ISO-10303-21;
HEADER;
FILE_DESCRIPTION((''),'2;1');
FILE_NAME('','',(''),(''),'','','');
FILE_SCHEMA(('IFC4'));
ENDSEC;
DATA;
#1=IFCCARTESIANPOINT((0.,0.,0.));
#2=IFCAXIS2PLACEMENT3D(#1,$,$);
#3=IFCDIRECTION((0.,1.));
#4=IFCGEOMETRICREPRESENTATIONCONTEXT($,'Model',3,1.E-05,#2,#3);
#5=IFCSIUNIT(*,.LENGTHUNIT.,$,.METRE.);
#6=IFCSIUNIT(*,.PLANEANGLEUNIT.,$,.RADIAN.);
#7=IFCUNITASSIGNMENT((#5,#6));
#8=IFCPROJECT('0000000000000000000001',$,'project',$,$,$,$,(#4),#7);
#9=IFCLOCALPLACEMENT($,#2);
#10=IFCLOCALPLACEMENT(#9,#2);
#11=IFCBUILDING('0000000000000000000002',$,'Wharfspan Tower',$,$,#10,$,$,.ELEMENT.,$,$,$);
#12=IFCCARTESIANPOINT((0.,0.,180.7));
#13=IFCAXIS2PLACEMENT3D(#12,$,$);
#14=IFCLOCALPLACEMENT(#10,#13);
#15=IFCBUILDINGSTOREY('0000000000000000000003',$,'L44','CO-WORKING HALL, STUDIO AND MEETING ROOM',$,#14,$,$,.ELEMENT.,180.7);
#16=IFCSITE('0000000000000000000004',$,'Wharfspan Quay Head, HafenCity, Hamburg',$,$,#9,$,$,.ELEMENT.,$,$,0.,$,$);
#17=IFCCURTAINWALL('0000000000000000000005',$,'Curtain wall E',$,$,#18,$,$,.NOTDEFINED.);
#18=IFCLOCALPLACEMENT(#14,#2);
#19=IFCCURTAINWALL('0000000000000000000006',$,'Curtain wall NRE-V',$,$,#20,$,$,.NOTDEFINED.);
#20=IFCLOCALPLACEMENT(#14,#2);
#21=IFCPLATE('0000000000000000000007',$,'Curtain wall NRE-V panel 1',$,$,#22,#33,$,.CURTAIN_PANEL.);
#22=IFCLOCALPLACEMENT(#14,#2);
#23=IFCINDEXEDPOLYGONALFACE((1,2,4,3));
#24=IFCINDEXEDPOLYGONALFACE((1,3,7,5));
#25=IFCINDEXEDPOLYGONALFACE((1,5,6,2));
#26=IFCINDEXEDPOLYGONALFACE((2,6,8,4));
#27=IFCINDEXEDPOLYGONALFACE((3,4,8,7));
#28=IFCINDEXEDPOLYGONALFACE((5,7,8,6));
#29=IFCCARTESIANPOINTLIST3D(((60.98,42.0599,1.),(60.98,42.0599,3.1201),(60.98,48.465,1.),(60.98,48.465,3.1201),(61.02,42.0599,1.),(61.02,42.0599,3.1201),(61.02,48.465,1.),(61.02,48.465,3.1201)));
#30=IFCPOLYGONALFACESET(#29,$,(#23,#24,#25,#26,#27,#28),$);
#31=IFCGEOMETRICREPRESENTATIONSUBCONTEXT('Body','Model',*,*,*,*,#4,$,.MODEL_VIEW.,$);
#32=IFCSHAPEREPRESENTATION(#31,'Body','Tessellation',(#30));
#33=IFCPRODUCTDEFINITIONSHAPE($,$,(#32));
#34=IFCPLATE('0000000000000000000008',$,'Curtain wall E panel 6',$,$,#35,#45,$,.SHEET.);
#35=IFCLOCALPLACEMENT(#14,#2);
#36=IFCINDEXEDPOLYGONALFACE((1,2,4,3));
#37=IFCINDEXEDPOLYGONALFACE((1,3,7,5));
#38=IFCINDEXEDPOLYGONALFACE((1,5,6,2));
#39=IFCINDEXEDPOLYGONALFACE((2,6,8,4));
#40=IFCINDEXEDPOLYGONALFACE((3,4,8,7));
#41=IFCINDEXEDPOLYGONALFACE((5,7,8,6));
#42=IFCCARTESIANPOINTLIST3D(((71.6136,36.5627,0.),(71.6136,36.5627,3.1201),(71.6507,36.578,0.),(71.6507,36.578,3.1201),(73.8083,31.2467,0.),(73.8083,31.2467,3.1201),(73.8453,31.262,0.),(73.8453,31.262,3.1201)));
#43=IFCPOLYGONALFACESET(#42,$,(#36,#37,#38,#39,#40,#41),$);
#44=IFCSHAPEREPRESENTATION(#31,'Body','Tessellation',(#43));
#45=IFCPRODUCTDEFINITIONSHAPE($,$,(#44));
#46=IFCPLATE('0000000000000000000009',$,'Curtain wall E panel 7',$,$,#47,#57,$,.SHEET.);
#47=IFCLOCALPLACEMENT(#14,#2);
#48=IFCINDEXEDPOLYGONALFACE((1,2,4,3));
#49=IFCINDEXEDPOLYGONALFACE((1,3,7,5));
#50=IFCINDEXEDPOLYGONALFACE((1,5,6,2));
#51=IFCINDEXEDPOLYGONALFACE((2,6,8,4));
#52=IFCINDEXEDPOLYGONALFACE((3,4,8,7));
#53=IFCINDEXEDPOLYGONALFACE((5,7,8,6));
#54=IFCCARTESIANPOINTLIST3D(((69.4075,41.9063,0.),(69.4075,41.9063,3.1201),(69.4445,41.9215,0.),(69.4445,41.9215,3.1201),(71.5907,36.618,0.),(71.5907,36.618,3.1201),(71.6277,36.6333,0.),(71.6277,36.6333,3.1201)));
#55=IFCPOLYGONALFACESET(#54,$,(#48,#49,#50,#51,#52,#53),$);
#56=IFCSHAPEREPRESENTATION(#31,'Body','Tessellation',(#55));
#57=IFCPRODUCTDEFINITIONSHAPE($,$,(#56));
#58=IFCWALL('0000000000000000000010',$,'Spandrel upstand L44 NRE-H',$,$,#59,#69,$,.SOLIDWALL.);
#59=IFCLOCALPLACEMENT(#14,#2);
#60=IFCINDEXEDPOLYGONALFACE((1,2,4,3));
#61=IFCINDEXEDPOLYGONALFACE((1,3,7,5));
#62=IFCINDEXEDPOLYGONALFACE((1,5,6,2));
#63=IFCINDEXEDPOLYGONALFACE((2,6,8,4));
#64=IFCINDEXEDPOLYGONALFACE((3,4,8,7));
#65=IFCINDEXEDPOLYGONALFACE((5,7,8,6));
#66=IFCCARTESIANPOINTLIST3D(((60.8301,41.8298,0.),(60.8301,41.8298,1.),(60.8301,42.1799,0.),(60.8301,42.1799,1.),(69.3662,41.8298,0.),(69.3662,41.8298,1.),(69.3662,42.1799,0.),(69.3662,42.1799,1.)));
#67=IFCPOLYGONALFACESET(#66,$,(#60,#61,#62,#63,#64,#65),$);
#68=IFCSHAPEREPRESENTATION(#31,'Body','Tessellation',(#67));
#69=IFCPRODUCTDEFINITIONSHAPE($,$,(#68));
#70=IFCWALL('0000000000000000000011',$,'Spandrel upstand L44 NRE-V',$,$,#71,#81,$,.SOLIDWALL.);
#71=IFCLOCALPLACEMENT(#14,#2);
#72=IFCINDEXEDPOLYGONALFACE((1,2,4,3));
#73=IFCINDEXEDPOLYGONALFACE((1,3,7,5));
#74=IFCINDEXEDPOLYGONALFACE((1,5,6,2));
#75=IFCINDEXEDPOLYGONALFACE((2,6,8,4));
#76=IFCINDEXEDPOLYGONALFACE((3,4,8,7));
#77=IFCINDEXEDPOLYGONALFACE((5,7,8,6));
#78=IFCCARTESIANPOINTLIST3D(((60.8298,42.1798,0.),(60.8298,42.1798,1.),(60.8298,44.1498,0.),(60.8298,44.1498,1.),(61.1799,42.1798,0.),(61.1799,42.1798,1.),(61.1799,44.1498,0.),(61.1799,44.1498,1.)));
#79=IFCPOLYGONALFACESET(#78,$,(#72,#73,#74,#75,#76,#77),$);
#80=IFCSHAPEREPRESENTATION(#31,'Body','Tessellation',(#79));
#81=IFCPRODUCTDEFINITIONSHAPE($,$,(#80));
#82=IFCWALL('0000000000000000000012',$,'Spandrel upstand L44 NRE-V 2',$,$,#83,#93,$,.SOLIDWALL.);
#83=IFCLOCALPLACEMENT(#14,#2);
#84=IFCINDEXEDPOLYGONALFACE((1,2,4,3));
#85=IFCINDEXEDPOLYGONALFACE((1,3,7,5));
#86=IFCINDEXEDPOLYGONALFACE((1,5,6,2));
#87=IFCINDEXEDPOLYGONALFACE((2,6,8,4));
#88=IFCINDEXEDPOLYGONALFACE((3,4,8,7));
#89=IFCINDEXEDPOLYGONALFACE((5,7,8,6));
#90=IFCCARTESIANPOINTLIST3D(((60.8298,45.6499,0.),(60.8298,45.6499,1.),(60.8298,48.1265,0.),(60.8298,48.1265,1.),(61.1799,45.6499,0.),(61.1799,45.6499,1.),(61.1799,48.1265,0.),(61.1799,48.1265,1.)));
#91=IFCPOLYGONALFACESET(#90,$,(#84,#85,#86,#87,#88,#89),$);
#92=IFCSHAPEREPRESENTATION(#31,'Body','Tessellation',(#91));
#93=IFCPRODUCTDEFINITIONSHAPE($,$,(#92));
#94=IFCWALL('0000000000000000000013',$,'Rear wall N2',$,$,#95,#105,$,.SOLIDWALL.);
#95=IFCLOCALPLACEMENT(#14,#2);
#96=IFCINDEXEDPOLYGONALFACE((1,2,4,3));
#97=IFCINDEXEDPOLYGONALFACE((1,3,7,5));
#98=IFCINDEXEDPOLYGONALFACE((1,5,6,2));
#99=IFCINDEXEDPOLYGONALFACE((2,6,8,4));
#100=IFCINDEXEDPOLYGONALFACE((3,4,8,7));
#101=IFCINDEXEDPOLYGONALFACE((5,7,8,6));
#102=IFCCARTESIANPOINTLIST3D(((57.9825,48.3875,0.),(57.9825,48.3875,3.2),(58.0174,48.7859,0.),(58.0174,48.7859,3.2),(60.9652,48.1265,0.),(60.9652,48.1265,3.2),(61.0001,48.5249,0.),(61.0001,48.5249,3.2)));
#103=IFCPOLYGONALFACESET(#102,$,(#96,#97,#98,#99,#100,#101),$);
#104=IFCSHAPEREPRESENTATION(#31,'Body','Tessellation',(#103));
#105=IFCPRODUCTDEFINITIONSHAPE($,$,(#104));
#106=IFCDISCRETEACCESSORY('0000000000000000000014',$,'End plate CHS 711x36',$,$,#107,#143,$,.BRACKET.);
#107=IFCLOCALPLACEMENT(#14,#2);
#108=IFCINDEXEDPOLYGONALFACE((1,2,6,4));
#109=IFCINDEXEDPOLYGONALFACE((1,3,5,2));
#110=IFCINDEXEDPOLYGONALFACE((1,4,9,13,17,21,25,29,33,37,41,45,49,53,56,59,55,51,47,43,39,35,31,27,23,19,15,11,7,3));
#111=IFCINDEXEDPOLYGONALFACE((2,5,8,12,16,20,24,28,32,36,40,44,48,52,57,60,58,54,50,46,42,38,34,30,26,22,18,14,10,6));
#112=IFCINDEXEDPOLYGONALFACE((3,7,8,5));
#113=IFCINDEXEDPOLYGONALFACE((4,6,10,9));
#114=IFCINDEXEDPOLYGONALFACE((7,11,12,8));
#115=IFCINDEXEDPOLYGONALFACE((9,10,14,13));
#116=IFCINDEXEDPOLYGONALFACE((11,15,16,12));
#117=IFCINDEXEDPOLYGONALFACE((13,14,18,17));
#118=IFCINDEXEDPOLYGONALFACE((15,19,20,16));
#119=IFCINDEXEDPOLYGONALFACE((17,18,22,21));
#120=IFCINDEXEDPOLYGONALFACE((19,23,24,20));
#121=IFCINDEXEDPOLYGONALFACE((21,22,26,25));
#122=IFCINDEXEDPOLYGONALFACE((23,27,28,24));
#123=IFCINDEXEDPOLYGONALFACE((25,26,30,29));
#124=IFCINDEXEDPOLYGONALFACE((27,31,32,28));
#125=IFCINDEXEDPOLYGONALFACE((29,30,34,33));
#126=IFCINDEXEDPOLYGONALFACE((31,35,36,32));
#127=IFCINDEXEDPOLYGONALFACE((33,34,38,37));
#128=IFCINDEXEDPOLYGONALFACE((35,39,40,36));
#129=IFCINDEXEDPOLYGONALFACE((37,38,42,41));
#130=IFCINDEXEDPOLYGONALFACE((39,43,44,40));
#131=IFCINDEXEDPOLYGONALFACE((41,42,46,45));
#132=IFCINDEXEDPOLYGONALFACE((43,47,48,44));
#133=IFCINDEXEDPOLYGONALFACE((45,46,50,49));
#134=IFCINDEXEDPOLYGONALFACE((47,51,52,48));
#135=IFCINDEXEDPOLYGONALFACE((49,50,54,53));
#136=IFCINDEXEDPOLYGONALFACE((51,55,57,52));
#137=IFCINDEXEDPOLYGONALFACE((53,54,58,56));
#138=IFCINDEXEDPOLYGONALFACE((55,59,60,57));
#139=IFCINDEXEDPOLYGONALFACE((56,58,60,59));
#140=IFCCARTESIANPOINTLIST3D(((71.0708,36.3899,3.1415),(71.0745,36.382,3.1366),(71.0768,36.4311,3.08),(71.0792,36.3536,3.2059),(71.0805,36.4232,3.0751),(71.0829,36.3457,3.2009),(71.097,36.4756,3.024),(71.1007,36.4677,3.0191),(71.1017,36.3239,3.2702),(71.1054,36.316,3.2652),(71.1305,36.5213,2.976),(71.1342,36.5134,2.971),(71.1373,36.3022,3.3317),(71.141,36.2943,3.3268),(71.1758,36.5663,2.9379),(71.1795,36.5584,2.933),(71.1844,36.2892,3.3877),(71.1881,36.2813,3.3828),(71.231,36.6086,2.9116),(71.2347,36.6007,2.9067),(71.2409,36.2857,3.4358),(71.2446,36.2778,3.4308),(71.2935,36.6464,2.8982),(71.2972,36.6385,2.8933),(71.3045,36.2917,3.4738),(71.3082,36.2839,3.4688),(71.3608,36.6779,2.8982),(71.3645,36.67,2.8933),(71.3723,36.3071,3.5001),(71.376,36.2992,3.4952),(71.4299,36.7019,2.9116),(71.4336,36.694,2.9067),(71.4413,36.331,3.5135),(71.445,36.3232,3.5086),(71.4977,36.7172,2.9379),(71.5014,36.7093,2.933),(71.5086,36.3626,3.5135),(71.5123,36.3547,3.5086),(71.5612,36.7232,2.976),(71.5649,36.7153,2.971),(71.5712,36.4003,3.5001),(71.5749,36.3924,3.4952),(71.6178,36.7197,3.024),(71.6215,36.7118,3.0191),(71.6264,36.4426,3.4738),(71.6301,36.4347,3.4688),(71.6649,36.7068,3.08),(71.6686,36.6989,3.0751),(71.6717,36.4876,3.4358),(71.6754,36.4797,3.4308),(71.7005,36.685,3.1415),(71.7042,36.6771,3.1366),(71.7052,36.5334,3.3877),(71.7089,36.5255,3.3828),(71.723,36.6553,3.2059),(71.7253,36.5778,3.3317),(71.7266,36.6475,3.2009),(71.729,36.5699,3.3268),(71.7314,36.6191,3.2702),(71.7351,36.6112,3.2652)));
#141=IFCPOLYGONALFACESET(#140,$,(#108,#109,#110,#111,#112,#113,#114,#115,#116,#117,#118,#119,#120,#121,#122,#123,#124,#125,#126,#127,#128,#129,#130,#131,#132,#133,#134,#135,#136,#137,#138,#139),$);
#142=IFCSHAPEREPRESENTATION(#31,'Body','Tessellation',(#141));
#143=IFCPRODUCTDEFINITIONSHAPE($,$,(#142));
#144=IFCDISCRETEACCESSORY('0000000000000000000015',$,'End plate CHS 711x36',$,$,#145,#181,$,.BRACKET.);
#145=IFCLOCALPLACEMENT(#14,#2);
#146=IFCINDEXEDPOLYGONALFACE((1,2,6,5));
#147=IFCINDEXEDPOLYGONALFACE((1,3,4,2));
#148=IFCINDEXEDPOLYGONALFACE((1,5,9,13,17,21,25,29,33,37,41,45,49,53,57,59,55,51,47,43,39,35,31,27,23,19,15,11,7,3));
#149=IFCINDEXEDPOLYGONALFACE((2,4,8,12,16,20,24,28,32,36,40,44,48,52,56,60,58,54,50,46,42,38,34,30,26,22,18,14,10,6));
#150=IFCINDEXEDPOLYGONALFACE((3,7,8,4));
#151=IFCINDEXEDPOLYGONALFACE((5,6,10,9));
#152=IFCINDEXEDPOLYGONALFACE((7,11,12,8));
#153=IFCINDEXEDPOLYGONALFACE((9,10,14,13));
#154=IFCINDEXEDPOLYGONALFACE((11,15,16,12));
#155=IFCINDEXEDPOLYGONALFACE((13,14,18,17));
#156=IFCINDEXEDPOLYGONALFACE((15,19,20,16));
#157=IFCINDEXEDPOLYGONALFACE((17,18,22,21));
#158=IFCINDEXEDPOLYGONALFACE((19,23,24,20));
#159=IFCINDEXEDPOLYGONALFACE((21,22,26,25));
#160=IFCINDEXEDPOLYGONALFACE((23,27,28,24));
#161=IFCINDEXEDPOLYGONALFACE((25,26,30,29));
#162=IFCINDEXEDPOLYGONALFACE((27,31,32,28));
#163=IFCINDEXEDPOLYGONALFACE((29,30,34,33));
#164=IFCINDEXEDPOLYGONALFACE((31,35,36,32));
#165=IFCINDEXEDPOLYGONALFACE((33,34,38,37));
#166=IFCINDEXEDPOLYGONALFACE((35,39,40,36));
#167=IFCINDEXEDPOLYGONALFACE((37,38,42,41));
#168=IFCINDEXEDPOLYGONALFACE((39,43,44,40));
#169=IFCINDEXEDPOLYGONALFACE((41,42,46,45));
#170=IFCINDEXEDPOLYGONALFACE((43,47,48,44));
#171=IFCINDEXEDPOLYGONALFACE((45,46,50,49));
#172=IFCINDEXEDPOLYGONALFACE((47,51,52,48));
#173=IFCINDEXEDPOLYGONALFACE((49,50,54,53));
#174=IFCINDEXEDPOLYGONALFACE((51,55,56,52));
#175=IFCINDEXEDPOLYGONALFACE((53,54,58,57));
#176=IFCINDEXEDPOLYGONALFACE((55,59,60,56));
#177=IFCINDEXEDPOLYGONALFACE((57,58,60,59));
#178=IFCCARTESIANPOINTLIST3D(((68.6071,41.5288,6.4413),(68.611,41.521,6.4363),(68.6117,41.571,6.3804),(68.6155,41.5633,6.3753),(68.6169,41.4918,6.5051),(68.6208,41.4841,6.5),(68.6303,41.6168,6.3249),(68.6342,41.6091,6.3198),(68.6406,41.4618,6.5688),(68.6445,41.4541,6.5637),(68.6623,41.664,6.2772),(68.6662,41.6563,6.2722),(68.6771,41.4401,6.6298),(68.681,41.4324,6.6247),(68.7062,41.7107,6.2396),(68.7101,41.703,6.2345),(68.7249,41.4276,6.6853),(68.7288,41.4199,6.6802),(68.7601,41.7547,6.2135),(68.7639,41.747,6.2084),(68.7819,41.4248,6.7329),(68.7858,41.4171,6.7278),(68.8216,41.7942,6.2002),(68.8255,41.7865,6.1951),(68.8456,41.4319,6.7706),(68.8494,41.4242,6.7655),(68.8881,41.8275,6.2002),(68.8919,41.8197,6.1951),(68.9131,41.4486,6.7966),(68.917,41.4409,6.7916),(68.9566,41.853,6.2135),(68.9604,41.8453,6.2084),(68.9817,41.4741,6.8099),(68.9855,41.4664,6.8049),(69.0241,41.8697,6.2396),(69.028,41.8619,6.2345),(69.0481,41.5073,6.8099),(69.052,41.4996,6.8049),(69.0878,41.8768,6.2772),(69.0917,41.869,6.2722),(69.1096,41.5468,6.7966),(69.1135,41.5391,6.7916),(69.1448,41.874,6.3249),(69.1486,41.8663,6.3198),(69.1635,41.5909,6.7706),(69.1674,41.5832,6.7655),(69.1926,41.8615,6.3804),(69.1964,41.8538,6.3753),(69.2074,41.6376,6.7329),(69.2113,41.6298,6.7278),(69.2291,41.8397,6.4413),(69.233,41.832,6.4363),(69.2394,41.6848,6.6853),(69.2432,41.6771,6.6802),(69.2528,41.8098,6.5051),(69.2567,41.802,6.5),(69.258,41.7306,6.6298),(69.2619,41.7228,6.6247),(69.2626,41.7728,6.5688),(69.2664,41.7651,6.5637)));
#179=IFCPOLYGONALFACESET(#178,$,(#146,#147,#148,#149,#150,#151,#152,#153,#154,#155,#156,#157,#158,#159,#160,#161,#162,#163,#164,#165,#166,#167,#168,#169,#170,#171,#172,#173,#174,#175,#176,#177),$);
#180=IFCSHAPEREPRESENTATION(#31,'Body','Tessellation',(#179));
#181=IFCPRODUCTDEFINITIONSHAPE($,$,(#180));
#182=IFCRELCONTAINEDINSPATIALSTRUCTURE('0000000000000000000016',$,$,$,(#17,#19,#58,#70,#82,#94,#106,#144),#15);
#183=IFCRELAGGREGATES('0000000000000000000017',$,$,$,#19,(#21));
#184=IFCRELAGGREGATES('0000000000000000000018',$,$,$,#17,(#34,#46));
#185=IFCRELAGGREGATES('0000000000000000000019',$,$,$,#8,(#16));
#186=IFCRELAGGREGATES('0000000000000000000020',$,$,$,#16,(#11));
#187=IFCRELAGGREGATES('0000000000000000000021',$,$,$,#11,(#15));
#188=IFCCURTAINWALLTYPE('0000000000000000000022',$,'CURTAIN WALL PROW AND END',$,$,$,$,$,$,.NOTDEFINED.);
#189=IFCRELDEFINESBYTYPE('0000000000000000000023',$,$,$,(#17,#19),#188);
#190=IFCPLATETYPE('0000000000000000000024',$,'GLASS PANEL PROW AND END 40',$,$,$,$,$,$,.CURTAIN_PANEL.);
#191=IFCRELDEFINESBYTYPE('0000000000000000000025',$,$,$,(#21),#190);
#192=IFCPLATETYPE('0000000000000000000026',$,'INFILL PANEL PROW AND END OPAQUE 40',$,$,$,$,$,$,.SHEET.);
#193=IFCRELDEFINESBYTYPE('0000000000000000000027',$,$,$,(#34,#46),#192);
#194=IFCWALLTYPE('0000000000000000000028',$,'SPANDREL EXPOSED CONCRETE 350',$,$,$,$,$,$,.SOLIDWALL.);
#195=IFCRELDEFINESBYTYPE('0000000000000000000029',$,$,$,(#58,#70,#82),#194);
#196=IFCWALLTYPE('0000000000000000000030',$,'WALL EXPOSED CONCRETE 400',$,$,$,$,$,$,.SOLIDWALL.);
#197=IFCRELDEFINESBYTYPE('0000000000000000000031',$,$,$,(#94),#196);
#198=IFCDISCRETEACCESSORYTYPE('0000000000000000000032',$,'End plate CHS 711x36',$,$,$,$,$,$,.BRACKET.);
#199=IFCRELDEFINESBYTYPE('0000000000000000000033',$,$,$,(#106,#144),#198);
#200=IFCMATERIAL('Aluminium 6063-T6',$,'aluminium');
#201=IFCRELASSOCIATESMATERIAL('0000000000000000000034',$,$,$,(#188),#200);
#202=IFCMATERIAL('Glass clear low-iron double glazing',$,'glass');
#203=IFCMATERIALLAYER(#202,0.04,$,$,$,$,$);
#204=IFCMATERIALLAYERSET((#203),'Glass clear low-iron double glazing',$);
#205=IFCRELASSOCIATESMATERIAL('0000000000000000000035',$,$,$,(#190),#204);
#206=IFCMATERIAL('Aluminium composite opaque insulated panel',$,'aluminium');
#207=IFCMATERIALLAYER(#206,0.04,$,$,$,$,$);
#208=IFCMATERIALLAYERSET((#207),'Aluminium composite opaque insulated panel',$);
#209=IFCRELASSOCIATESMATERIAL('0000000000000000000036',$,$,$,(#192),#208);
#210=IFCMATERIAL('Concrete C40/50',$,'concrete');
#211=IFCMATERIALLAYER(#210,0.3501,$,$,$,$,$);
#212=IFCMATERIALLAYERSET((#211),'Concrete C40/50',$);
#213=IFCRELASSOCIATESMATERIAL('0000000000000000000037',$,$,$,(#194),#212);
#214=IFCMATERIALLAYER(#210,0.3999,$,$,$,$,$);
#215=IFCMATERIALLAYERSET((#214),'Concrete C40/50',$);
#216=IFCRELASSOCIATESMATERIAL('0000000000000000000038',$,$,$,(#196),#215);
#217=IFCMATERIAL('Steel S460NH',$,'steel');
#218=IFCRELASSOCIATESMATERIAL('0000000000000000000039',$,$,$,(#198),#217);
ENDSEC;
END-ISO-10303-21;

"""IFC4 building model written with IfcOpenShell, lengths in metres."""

from ifc_helpers import new_model, si_unit, direction, frame, frame_2d, origin, origin_2d, place, context, subcontext, project, spatial, rectangle, circle, extrude, material, layer, layer_set, material_profile, profile_set, type_object, element, aggregate, save


model = new_model("IFC4")

# Units and contexts
model_context = context("Model", 3, precision=1e-05, world=origin(), true_north=direction((0.0, 1.0)))
body_context = subcontext(model_context, "Body", "Model", "MODEL_VIEW")
ifc_project = project(units=[si_unit("LENGTHUNIT", "METRE"), si_unit("PLANEANGLEUNIT", "RADIAN")], contexts=[model_context])

# Site, building, storey
site_placement = place(None, origin())
site = spatial("IfcSite", under=ifc_project, at=site_placement, Name="Wharfspan Quay Head, HafenCity, Hamburg", CompositionType="ELEMENT", RefElevation=0.0)
building_placement = place(site_placement, origin())
building = spatial("IfcBuilding", under=site, at=building_placement, Name="Wharfspan Tower", CompositionType="ELEMENT")
storey_placement = place(building_placement, frame((0.0, 0.0, 180.7)))
storey = spatial("IfcBuildingStorey", under=building, at=storey_placement, Name="L44", Description="CO-WORKING HALL, STUDIO AND MEETING ROOM", CompositionType="ELEMENT", Elevation=180.7)

# Curtain walls
ifc_material_1 = material(Name="Aluminium 6063-T6", Category="aluminium")
curtain_wall_type = type_object("IfcCurtainWallType", Name="CURTAIN WALL PROW AND END", PredefinedType="NOTDEFINED", material=ifc_material_1)
curtain_wall_1_placement = place(storey_placement, origin())
curtain_wall_1 = element("IfcCurtainWall", 1, at=curtain_wall_1_placement, inside=storey, type_object=curtain_wall_type, Name="Curtain wall E", PredefinedType="NOTDEFINED")
curtain_wall_2_placement = place(storey_placement, origin())
curtain_wall_2 = element("IfcCurtainWall", 2, at=curtain_wall_2_placement, inside=storey, type_object=curtain_wall_type, Name="Curtain wall NRE-V", PredefinedType="NOTDEFINED")

# Shared definitions
ifc_material_2 = material(Name="Steel S460NH", Category="steel")

# Plates
ifc_material_3 = material(Name="Glass clear low-iron double glazing", Category="glass")
ifc_layer_1 = layer(ifc_material_3, 0.04)
ifc_layer_set_1 = layer_set([ifc_layer_1], Name="Glass clear low-iron double glazing")
plate_type_1 = type_object("IfcPlateType", Name="GLASS PANEL PROW AND END 40", PredefinedType="CURTAIN_PANEL", material=ifc_layer_set_1)
plate_1_placement = place(storey_placement, frame((61.0, 45.2625, 1.0), z_axis=(0.0, 0.0, 1.0), x_axis=(0.0, 1.0, 0.0)))
plate_1 = element("IfcPlate", 3, at=plate_1_placement, type_object=plate_type_1, Name="Curtain wall NRE-V panel 1", PredefinedType="CURTAIN_PANEL", context=body_context, shape_type="SweptSolid", body=[
    extrude(rectangle(XDim=6.405, YDim=0.04, at=origin_2d()), origin(), (0.0, 0.0, 1.0), 2.1201),
])
aggregate(curtain_wall_2, [plate_1])
ifc_material_4 = material(Name="Aluminium composite opaque insulated panel", Category="aluminium")
ifc_layer_2 = layer(ifc_material_4, 0.04)
ifc_layer_set_2 = layer_set([ifc_layer_2], Name="Aluminium composite opaque insulated panel")
plate_type_2 = type_object("IfcPlateType", Name="INFILL PANEL PROW AND END OPAQUE 40", PredefinedType="SHEET", material=ifc_layer_set_2)
plate_2_placement = place(storey_placement, frame((72.7295, 33.9124, 0.0), z_axis=(0.0, 0.0, 1.0), x_axis=(-0.381602, 0.924325, 0.0)))
plate_2 = element("IfcPlate", 4, at=plate_2_placement, type_object=plate_type_2, Name="Curtain wall E panel 6", PredefinedType="SHEET", context=body_context, shape_type="SweptSolid", body=[
    extrude(rectangle(XDim=5.7512, YDim=0.04, at=origin_2d()), origin(), (0.0, 0.0, 1.0), 3.1201),
])
plate_3_placement = place(storey_placement, frame((70.5176, 39.2698, 0.0), z_axis=(0.0, 0.0, 1.0), x_axis=(-0.381602, 0.924325, 0.0)))
plate_3 = element("IfcPlate", 5, at=plate_3_placement, type_object=plate_type_2, Name="Curtain wall E panel 7", PredefinedType="SHEET", context=body_context, shape_type="SweptSolid", body=[
    extrude(rectangle(XDim=5.7212, YDim=0.04, at=origin_2d()), origin(), (0.0, 0.0, 1.0), 3.1201),
])
aggregate(curtain_wall_1, [plate_2, plate_3])

# Walls
ifc_material_5 = material(Name="Concrete C40/50", Category="concrete")
ifc_layer_3 = layer(ifc_material_5, 0.3501)
ifc_layer_set_3 = layer_set([ifc_layer_3], Name="Concrete C40/50")
wall_type_1 = type_object("IfcWallType", Name="SPANDREL EXPOSED CONCRETE 350", PredefinedType="SOLIDWALL", material=ifc_layer_set_3)
wall_1_placement = place(storey_placement, frame((69.3662, 42.0049, 0.0), z_axis=(0.0, 0.0, 1.0), x_axis=(-1.0, 0.0, 0.0)))
element("IfcWall", 6, at=wall_1_placement, inside=storey, type_object=wall_type_1, Name="Spandrel upstand L44 NRE-H", PredefinedType="SOLIDWALL", context=body_context, shape_type="SweptSolid", body=[
    extrude(rectangle(XDim=8.5361, YDim=0.3501, at=frame_2d((4.2681, 0.0))), origin(), (0.0, 0.0, 1.0), 1.0),
])
wall_2_placement = place(storey_placement, frame((61.0049, 42.1799, 0.0), z_axis=(0.0, 0.0, 1.0), x_axis=(0.0, 1.0, 0.0)))
element("IfcWall", 7, at=wall_2_placement, inside=storey, type_object=wall_type_1, Name="Spandrel upstand L44 NRE-V", PredefinedType="SOLIDWALL", context=body_context, shape_type="SweptSolid", body=[
    extrude(rectangle(XDim=1.97, YDim=0.3501, at=frame_2d((0.9849, 0.0))), origin(), (0.0, 0.0, 1.0), 1.0),
])
wall_3_placement = place(storey_placement, frame((61.0049, 45.6499, 0.0), z_axis=(0.0, 0.0, 1.0), x_axis=(0.0, 1.0, 0.0)))
element("IfcWall", 8, at=wall_3_placement, inside=storey, type_object=wall_type_1, Name="Spandrel upstand L44 NRE-V 2", PredefinedType="SOLIDWALL", context=body_context, shape_type="SweptSolid", body=[
    extrude(rectangle(XDim=2.4766, YDim=0.3501, at=frame_2d((1.2383, 0.0))), origin(), (0.0, 0.0, 1.0), 1.0),
])
ifc_layer_4 = layer(ifc_material_5, 0.3999)
ifc_layer_set_4 = layer_set([ifc_layer_4], Name="Concrete C40/50")
wall_type_2 = type_object("IfcWallType", Name="WALL EXPOSED CONCRETE 400", PredefinedType="SOLIDWALL", material=ifc_layer_set_4)
wall_4_placement = place(storey_placement, frame((60.9827, 48.3257, 0.0), z_axis=(0.0, 0.0, 1.0), x_axis=(-0.996194, 0.087168, 0.0)))
element("IfcWall", 9, at=wall_4_placement, inside=storey, type_object=wall_type_2, Name="Rear wall N2", PredefinedType="SOLIDWALL", context=body_context, shape_type="SweptSolid", body=[
    extrude(rectangle(XDim=2.9941, YDim=0.3999, at=frame_2d((1.4971, 0.0))), origin(), (0.0, 0.0, 1.0), 3.2),
])

# Discrete accessories
ifc_material_profile_1 = material_profile(ifc_material_2, circle(Radius=0.3555, at=origin_2d()))
ifc_profile_set_1 = profile_set([ifc_material_profile_1], Name="Steel S460NH")
discrete_accessory_type = type_object("IfcDiscreteAccessoryType", Name="End plate CHS 711x36", PredefinedType="BRACKET", material=ifc_profile_set_1)
for number, where, z_axis, x_axis, name in (
    (10, (71.4048, 36.4966, 3.2009), (-0.369386, 0.788024, 0.492515), (-0.905459, -0.424433, -0.000001), "End plate CHS 711x36"),
    (11, (68.9387, 41.6431, 6.5), (-0.385682, 0.771364, 0.506208), (-0.894428, -0.447214, 0.0), "End plate CHS 711x36"),
):
    element("IfcDiscreteAccessory", number, at=place(storey_placement, frame(where, z_axis=z_axis, x_axis=x_axis)), inside=storey, type_object=discrete_accessory_type, Name=name, PredefinedType="BRACKET", context=body_context, shape_type="SweptSolid", body=[
        extrude(circle(Radius=0.3555, at=origin_2d()), origin(), (0.0, 0.0, 1.0), 0.01),
    ])

save(model, "model.ifc")
